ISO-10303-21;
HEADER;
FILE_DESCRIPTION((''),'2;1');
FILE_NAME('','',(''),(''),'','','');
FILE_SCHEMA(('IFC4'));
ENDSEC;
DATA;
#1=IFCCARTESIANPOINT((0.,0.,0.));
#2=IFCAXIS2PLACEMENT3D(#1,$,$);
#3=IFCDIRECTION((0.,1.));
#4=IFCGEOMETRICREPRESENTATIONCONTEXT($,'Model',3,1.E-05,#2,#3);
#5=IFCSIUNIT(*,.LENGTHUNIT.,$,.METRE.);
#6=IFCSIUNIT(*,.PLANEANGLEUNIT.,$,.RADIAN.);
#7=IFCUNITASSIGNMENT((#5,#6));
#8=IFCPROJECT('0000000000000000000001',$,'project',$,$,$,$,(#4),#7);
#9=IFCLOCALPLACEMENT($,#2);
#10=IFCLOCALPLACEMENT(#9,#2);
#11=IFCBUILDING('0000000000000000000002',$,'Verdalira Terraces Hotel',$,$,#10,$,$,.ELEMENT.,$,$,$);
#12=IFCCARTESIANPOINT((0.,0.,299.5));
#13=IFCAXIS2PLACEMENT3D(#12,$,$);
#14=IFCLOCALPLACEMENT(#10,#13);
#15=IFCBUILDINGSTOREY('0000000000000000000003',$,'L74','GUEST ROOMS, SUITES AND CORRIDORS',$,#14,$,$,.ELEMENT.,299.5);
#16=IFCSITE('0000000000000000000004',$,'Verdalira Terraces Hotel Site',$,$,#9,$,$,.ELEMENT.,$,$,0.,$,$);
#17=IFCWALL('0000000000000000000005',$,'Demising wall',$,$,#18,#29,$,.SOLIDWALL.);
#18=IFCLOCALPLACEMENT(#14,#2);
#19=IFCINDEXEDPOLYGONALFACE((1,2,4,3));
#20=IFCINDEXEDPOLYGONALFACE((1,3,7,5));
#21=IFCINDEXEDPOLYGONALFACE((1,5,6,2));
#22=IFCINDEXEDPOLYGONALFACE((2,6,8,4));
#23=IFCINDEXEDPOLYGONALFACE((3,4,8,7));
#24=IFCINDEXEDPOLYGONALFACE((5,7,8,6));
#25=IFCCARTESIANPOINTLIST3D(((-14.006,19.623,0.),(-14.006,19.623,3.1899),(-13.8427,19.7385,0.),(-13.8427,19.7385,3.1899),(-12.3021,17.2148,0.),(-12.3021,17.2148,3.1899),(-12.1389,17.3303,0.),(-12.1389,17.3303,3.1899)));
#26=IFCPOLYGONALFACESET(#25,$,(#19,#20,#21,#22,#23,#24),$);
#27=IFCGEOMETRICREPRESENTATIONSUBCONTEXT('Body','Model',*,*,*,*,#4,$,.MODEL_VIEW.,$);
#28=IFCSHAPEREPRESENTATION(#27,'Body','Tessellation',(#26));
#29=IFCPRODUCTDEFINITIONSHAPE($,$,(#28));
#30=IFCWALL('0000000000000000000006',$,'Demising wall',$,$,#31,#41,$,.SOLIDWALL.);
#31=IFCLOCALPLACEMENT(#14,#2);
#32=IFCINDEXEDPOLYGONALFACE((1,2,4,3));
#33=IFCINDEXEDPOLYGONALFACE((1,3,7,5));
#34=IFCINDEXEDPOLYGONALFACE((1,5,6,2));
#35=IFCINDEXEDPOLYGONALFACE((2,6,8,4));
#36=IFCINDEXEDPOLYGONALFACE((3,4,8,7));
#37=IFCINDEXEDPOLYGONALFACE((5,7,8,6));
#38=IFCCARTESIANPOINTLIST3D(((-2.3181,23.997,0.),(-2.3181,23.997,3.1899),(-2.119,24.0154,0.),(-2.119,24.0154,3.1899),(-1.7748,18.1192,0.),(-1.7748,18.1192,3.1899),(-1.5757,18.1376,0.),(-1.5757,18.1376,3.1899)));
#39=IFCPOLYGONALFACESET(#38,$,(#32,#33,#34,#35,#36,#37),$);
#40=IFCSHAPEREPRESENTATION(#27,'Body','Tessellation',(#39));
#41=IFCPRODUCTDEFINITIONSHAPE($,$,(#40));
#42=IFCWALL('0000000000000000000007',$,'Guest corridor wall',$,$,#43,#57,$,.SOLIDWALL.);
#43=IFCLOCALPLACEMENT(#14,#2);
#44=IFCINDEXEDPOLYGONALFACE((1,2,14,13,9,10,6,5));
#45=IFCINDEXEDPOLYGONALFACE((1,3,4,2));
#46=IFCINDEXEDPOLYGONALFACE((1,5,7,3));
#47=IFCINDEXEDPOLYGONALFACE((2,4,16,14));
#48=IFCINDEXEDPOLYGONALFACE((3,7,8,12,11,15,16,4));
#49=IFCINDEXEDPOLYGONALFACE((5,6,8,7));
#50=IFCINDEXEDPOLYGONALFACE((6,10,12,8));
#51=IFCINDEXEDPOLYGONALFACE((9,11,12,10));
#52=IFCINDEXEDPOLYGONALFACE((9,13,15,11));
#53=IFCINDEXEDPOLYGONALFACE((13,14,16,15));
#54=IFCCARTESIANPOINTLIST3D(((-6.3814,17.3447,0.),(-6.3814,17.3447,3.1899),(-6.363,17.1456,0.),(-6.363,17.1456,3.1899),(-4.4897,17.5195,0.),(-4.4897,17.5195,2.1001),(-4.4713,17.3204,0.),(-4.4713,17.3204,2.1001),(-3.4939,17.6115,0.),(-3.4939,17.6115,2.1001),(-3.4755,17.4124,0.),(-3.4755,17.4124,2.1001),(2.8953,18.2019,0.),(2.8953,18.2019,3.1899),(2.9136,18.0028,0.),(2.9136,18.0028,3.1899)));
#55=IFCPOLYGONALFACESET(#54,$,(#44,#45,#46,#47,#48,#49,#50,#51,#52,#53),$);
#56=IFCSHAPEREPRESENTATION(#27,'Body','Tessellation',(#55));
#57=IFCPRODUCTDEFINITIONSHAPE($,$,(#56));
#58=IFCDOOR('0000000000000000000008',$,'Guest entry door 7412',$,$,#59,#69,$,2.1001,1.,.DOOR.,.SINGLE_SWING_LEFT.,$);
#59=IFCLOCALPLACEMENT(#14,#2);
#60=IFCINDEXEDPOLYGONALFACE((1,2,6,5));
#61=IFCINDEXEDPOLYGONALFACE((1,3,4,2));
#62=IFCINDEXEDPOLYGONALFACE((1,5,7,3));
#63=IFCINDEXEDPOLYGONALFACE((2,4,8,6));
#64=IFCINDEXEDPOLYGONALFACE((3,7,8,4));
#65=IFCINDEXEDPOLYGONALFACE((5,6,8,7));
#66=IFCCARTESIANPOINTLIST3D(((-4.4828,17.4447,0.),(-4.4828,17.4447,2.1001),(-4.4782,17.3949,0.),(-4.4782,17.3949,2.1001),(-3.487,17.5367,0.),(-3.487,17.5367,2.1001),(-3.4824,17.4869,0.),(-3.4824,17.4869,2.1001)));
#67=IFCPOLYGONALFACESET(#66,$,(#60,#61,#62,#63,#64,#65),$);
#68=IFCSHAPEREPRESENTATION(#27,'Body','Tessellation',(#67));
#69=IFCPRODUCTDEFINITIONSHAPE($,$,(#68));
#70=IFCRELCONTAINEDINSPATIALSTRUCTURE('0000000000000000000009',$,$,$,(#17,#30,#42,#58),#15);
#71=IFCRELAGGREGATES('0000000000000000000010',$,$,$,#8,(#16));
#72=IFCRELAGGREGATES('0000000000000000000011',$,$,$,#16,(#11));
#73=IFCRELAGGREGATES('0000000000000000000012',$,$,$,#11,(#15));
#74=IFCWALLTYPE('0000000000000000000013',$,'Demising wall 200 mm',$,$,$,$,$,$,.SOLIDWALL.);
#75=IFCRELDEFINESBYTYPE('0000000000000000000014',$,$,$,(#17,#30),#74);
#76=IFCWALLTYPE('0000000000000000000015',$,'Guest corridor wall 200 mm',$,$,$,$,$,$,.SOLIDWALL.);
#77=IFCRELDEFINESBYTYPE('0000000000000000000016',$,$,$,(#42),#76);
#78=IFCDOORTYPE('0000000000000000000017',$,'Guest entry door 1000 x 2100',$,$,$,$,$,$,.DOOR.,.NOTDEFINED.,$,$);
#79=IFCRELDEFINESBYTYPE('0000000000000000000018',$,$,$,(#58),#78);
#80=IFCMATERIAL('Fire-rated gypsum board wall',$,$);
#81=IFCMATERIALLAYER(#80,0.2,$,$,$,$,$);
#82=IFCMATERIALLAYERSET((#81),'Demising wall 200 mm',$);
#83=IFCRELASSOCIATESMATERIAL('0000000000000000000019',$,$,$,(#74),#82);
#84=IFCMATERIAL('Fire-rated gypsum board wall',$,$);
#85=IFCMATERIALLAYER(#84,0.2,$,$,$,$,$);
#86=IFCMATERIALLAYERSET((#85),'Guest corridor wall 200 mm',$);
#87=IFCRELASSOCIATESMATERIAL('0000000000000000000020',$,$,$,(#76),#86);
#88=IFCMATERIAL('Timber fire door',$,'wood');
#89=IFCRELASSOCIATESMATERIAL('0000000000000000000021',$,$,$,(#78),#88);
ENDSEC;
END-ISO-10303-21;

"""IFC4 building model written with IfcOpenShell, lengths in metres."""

from ifc_helpers import new_model, si_unit, direction, frame, frame_2d, origin, place, context, subcontext, project, spatial, rectangle, extrude, material, layer, layer_set, type_object, element, fill, save


model = new_model("IFC4")

# Units and contexts
model_context = context("Model", 3, precision=1e-05, world=origin(), true_north=direction((0.0, 1.0)))
body_context = subcontext(model_context, "Body", "Model", "MODEL_VIEW")
ifc_project = project(units=[si_unit("LENGTHUNIT", "METRE"), si_unit("PLANEANGLEUNIT", "RADIAN")], contexts=[model_context])

# Site, building, storey
site_placement = place(None, origin())
site = spatial("IfcSite", under=ifc_project, at=site_placement, Name="Verdalira Terraces Hotel Site", CompositionType="ELEMENT", RefElevation=0.0)
building_placement = place(site_placement, origin())
building = spatial("IfcBuilding", under=site, at=building_placement, Name="Verdalira Terraces Hotel", CompositionType="ELEMENT")
storey_placement = place(building_placement, frame((0.0, 0.0, 299.5)))
storey = spatial("IfcBuildingStorey", under=building, at=storey_placement, Name="L74", Description="GUEST ROOMS, SUITES AND CORRIDORS", CompositionType="ELEMENT", Elevation=299.5)

# Walls
ifc_material_1 = material(Name="Fire-rated gypsum board wall")
ifc_layer_1 = layer(ifc_material_1, 0.2)
ifc_layer_set_1 = layer_set([ifc_layer_1], Name="Demising wall 200 mm")
wall_type_1 = type_object("IfcWallType", Name="Demising wall 200 mm", PredefinedType="SOLIDWALL", material=ifc_layer_set_1)
wall_1_placement = place(storey_placement, frame((-12.2205, 17.2725, 0.0), z_axis=(0.0, 0.0, 1.0), x_axis=(-0.577576, 0.816337, 0.0)))
element("IfcWall", 1, at=wall_1_placement, inside=storey, type_object=wall_type_1, Name="Demising wall", PredefinedType="SOLIDWALL", context=body_context, shape_type="SweptSolid", body=[
    extrude(rectangle(XDim=2.95, YDim=0.2, at=frame_2d((1.4751, 0.0))), origin(), (0.0, 0.0, 1.0), 3.1899),
])
wall_2_placement = place(storey_placement, frame((-1.6753, 18.1284, 0.0), z_axis=(0.0, 0.0, 1.0), x_axis=(-0.092027, 0.995756, 0.0)))
element("IfcWall", 2, at=wall_2_placement, inside=storey, type_object=wall_type_1, Name="Demising wall", PredefinedType="SOLIDWALL", context=body_context, shape_type="SweptSolid", body=[
    extrude(rectangle(XDim=5.9028, YDim=0.2, at=frame_2d((2.9514, 0.0))), origin(), (0.0, 0.0, 1.0), 3.1899),
])

# Wall, opening, door
ifc_material_2 = material(Name="Fire-rated gypsum board wall")
ifc_layer_2 = layer(ifc_material_2, 0.2)
ifc_layer_set_2 = layer_set([ifc_layer_2], Name="Guest corridor wall 200 mm")
wall_type_2 = type_object("IfcWallType", Name="Guest corridor wall 200 mm", PredefinedType="SOLIDWALL", material=ifc_layer_set_2)
wall_3_placement = place(storey_placement, frame((-6.3723, 17.2451, 0.0), z_axis=(0.0, 0.0, 1.0), x_axis=(0.995758, 0.09201, 0.0)))
wall_3 = element("IfcWall", 3, at=wall_3_placement, inside=storey, type_object=wall_type_2, Name="Guest corridor wall", PredefinedType="SOLIDWALL", context=body_context, shape_type="SweptSolid", body=[
    extrude(rectangle(XDim=9.3162, YDim=0.2, at=frame_2d((4.6582, 0.0))), origin(), (0.0, 0.0, 1.0), 3.1899),
])
opening_1_placement = place(wall_3_placement, frame((1.8999, 0.0, 0.0)))
opening_1 = element("IfcOpeningElement", 4, at=opening_1_placement, cuts=wall_3, PredefinedType="OPENING", context=body_context, shape_type="SweptSolid", body=[
    extrude(rectangle(XDim=1.0, YDim=2.1001, at=frame_2d((0.5, 1.05))), frame((0.0, 0.1099, 0.0), z_axis=(0.0, -1.0, 0.0), x_axis=(1.0, 0.0, 0.0)), (0.0, 0.0, 1.0), 0.22),
])
ifc_material_3 = material(Name="Timber fire door", Category="wood")
door_type_1 = type_object("IfcDoorType", Name="Guest entry door 1000 x 2100", OperationType="NOTDEFINED", PredefinedType="DOOR", material=ifc_material_3)
door_1_placement = place(opening_1_placement, origin())
door_1 = element("IfcDoor", 5, at=door_1_placement, inside=storey, type_object=door_type_1, Name="Guest entry door 7412", OperationType="SINGLE_SWING_LEFT", OverallHeight=2.1001, OverallWidth=1.0, PredefinedType="DOOR", context=body_context, shape_type="SweptSolid", body=[
    extrude(rectangle(XDim=1.0, YDim=2.1001, at=frame_2d((0.5, 1.05))), frame((0.0, 0.0249, 0.0), z_axis=(0.0, -1.0, 0.0), x_axis=(1.0, 0.0, 0.0)), (0.0, 0.0, 1.0), 0.05),
])
fill(opening_1, door_1)

save(model, "model.ifc")
